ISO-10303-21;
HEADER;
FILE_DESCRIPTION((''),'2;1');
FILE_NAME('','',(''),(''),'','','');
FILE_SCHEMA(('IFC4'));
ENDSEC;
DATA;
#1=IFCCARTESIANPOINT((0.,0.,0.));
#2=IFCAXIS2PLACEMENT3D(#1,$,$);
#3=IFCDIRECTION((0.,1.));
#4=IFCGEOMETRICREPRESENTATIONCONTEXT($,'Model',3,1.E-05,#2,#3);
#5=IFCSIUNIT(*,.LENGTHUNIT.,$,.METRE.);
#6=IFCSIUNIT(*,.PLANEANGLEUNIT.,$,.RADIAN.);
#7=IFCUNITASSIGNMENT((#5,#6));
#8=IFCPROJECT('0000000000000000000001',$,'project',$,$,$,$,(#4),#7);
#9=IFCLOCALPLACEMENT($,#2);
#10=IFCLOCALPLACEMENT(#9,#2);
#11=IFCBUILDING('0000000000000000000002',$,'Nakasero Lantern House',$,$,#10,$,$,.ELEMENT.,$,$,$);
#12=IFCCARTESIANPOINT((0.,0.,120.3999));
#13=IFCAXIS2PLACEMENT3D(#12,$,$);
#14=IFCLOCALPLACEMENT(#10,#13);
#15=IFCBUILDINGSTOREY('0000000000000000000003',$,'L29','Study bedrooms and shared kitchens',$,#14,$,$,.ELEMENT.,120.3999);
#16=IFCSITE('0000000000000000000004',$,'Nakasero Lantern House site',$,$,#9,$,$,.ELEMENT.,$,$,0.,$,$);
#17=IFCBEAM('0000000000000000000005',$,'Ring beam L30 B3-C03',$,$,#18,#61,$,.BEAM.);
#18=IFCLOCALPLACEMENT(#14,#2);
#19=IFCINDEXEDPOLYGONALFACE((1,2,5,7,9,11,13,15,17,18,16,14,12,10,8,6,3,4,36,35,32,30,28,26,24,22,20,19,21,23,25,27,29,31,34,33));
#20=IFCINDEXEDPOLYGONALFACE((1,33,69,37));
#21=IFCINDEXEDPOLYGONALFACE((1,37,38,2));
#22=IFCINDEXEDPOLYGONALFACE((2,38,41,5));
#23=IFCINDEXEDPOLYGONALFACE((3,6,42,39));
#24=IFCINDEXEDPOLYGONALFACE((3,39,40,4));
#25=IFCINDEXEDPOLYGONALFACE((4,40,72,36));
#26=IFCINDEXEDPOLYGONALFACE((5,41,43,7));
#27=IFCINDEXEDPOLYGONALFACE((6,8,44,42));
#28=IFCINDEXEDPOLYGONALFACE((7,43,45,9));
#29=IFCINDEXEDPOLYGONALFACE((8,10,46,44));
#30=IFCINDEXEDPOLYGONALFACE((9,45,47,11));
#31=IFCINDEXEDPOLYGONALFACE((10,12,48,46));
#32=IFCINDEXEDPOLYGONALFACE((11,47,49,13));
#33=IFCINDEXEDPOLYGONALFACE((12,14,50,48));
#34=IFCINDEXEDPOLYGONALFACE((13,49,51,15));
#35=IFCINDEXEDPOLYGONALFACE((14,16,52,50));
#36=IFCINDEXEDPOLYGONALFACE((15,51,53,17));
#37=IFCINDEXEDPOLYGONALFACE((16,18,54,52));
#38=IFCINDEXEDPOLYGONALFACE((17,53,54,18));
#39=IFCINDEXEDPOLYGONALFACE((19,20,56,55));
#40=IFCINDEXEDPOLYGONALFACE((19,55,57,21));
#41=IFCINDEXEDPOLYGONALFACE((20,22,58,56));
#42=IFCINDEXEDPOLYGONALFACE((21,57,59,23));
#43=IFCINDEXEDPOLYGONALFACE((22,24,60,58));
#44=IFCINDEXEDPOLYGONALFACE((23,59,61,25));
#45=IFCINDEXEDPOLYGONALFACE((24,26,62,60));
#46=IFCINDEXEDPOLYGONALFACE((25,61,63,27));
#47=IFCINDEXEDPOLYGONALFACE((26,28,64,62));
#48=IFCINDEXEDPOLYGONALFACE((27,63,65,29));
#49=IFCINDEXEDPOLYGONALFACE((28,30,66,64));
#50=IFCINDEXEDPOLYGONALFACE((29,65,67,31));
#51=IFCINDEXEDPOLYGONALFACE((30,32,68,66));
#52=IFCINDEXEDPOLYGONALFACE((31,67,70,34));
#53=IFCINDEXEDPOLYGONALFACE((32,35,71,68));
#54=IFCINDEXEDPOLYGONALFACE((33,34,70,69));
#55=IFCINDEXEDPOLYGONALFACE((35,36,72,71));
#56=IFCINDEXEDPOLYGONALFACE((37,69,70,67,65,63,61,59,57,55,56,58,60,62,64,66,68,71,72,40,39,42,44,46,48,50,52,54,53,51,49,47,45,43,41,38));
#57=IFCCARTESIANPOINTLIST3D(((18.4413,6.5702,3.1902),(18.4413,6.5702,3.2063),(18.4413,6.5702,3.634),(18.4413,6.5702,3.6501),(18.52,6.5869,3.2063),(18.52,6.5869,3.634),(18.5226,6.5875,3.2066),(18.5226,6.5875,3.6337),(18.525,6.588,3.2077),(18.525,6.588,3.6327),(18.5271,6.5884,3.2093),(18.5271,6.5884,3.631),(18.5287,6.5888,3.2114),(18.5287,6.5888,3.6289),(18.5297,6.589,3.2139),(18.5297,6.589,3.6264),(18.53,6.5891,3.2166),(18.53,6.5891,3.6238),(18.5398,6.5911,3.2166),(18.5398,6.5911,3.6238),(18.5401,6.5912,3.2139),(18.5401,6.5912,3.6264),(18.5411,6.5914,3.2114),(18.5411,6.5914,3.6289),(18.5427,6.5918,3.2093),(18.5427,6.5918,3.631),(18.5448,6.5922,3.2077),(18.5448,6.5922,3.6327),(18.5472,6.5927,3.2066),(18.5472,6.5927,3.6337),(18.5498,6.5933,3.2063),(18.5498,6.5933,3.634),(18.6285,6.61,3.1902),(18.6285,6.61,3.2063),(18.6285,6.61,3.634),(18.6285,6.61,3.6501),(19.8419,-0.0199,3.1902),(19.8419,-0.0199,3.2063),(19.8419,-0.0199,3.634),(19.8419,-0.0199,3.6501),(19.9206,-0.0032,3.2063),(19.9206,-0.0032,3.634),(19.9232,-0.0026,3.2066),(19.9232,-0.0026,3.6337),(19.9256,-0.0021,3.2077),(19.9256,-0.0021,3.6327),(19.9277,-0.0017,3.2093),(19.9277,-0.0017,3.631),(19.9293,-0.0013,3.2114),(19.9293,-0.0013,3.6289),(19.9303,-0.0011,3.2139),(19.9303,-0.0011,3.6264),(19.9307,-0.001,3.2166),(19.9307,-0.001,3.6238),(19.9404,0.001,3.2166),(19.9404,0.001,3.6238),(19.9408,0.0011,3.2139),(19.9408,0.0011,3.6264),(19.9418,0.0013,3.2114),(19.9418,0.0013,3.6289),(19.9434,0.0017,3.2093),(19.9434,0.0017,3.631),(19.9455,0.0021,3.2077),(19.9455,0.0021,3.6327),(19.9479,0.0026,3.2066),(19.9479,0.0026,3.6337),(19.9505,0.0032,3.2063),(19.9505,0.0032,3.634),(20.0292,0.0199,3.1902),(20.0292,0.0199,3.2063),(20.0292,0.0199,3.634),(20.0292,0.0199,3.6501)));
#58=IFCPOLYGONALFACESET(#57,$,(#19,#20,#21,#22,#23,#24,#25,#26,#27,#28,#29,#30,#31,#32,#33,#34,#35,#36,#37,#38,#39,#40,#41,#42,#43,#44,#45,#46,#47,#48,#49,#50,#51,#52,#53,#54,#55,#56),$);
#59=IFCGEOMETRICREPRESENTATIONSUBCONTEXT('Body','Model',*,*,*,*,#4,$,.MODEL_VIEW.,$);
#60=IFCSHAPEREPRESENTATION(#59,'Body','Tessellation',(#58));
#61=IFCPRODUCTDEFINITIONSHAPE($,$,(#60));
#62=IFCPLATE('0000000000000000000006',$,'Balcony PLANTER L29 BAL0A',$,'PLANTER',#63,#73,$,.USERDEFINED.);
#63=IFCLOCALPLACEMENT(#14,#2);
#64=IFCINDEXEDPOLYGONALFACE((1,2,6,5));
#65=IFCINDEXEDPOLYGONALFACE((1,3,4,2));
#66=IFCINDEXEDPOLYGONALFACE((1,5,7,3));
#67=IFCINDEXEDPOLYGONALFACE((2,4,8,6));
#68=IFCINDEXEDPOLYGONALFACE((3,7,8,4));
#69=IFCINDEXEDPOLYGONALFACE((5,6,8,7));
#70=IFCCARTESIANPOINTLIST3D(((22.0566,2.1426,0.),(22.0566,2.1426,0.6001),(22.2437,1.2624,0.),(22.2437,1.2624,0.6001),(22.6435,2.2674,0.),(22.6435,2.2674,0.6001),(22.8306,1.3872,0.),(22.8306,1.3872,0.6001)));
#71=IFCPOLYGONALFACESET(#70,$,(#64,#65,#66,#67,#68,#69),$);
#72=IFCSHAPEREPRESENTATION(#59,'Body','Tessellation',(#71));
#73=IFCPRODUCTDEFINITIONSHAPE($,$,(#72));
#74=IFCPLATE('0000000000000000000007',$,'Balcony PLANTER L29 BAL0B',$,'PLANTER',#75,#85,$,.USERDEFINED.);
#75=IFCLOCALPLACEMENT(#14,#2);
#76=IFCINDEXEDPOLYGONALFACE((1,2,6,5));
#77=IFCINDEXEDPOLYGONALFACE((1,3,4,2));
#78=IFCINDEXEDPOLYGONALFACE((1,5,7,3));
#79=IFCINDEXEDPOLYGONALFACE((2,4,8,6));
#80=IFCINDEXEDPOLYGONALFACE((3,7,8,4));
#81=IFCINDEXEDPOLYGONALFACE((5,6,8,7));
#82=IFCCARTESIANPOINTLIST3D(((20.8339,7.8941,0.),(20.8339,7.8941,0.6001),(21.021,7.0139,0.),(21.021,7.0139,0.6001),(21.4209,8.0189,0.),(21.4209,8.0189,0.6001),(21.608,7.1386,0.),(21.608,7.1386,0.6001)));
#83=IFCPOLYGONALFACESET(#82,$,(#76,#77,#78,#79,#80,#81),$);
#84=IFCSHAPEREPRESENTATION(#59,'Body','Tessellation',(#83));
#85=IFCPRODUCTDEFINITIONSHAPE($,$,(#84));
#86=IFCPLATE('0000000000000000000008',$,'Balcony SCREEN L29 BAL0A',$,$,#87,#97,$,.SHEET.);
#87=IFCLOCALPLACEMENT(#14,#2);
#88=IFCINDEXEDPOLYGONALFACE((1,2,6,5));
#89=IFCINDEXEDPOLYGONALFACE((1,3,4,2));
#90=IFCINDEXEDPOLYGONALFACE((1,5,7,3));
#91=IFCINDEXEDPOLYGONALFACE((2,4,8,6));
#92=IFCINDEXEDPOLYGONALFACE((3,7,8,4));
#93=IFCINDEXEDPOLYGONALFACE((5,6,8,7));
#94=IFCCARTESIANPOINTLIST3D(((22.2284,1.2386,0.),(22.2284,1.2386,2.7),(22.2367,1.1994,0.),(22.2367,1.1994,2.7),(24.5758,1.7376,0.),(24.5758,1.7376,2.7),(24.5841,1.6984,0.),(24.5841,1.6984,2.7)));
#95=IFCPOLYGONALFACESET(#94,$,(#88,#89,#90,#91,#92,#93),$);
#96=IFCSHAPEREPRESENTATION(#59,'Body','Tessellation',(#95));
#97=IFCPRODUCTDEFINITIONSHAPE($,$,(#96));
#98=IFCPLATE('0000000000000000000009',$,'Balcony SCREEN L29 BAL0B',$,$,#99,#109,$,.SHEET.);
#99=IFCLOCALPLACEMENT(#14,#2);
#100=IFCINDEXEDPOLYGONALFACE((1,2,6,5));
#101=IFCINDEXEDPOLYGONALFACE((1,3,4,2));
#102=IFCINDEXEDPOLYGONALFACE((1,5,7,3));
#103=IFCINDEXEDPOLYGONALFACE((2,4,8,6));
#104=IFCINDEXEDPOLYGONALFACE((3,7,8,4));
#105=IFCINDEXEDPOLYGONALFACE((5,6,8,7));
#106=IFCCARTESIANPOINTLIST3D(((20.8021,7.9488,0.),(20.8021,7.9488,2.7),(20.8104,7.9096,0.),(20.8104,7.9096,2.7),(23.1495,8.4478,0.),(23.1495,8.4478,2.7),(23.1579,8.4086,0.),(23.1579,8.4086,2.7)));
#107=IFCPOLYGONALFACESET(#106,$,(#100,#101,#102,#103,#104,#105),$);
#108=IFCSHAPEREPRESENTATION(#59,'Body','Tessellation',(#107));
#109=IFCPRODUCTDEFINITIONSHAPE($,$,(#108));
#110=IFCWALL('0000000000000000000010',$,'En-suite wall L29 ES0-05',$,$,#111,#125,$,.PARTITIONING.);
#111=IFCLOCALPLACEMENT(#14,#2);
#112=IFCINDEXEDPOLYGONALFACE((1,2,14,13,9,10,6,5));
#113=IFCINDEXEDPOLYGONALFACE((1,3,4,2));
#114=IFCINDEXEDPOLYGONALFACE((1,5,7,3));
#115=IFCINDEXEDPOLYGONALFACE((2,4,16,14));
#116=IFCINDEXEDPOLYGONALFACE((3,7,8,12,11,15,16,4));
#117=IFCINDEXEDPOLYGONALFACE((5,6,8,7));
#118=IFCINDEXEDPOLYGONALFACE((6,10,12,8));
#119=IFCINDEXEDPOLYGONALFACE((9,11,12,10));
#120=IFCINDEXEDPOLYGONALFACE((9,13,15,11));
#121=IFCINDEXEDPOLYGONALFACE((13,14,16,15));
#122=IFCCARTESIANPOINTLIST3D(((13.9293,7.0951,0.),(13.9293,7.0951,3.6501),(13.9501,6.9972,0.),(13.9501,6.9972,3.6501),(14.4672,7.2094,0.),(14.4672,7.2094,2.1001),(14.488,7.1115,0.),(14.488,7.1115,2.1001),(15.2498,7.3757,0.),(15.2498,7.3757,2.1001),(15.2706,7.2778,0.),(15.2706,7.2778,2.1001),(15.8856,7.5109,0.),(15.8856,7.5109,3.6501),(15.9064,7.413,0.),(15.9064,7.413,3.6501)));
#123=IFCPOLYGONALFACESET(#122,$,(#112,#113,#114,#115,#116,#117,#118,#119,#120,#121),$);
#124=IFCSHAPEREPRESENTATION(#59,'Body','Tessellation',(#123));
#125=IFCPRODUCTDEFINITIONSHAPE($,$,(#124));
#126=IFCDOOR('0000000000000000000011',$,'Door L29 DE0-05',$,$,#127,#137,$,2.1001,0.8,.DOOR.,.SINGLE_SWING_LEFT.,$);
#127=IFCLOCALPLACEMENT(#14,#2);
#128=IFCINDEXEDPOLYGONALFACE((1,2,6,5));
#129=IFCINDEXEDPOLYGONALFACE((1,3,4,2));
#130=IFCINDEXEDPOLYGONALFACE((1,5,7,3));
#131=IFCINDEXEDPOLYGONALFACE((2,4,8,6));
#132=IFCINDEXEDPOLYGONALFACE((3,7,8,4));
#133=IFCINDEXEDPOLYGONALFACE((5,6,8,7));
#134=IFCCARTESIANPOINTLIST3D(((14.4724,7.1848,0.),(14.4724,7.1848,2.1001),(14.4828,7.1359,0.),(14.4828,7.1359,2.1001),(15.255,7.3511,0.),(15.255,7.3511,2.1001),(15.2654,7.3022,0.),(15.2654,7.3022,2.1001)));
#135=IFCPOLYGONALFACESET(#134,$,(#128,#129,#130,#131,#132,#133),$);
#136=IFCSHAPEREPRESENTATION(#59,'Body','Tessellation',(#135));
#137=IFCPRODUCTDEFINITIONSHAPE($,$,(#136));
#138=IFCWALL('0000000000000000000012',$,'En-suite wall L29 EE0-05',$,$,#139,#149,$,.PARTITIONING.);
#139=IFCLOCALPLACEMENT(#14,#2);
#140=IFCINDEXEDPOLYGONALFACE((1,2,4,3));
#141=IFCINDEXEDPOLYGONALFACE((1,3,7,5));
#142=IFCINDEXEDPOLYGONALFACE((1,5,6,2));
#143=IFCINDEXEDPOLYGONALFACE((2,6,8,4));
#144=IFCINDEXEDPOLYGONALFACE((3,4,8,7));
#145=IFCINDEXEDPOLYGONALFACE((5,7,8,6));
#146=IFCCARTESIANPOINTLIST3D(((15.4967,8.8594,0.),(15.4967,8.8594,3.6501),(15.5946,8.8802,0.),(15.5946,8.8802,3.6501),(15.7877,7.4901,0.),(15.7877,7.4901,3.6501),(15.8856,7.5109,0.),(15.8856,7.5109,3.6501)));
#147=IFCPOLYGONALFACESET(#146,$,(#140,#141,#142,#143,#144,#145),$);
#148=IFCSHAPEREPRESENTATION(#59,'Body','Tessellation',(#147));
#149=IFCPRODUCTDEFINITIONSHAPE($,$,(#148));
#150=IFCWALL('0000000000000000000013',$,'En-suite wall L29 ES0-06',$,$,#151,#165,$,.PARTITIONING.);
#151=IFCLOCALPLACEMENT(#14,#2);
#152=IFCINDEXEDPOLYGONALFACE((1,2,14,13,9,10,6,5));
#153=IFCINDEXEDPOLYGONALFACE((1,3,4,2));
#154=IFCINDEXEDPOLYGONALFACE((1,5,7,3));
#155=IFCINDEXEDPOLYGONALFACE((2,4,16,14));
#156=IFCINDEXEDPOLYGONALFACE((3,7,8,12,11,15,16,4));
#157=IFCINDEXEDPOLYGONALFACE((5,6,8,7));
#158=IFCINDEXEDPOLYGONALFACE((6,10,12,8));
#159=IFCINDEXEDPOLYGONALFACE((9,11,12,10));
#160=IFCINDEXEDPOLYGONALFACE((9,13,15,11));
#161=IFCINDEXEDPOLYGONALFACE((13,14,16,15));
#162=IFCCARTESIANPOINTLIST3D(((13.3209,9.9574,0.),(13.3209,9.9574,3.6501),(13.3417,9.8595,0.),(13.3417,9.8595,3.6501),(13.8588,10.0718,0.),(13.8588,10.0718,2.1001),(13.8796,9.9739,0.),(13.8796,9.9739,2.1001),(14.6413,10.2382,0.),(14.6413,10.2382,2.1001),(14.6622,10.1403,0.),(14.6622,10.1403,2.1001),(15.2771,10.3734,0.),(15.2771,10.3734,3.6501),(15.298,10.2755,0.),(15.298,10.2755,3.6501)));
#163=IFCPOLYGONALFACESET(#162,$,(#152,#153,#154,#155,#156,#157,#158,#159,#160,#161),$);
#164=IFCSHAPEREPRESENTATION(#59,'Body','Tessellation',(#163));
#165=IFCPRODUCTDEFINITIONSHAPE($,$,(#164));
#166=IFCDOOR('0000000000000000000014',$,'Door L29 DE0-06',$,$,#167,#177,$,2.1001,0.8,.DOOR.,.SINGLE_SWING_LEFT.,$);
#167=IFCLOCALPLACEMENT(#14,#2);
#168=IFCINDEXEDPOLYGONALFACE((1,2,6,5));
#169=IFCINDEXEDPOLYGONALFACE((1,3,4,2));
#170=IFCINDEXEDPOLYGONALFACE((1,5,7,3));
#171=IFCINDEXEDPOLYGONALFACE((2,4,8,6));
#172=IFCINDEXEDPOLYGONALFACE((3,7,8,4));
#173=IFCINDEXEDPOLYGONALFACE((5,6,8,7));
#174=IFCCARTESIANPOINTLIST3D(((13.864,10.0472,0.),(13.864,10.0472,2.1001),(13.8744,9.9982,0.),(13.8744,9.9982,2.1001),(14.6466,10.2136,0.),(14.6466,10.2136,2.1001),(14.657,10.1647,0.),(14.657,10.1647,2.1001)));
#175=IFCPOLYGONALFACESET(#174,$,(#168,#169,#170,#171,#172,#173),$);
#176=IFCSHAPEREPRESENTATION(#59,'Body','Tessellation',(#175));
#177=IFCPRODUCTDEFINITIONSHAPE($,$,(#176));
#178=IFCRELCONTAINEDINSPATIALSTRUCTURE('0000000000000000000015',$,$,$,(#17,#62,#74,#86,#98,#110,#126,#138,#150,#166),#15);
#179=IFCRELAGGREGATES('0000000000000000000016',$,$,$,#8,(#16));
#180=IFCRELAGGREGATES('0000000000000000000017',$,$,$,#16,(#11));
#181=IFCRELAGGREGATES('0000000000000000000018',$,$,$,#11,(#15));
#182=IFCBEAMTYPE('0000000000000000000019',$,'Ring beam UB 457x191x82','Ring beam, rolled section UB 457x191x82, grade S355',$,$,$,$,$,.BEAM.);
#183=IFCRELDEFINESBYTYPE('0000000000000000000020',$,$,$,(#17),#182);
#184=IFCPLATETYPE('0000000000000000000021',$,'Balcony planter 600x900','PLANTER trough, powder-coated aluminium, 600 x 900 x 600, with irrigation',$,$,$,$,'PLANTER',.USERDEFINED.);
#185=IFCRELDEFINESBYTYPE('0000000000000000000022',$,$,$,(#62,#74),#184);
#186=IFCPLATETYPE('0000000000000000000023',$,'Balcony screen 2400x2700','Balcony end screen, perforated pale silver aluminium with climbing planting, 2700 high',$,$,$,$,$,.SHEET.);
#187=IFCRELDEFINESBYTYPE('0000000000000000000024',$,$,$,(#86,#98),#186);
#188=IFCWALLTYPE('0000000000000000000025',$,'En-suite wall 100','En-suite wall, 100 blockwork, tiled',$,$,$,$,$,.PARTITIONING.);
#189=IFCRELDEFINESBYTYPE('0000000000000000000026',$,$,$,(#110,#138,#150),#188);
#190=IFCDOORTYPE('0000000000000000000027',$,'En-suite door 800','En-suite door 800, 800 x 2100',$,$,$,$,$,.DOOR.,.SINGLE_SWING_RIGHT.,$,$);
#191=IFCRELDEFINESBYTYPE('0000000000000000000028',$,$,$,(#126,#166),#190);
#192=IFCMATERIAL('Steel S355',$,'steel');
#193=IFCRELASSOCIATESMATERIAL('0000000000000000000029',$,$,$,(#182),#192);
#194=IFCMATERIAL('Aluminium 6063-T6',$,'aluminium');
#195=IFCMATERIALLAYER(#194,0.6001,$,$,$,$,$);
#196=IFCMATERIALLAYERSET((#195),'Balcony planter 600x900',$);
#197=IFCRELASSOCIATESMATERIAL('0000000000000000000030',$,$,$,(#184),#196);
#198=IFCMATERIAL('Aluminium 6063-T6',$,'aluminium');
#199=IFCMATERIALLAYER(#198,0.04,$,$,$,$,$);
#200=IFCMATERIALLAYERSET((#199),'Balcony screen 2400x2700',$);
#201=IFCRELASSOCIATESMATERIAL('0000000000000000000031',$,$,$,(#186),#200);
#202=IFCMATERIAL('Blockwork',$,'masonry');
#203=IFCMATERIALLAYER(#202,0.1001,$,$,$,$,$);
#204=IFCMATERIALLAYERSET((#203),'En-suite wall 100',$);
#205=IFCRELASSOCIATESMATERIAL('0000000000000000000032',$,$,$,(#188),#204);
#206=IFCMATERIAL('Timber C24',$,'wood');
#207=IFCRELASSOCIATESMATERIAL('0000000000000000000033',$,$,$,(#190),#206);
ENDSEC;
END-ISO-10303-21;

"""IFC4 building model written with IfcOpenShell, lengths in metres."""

from ifc_helpers import new_model, si_unit, direction, frame, frame_2d, origin, origin_2d, place, context, subcontext, project, spatial, rectangle, i_section, extrude, material, layer, layer_set, material_profile, profile_set, type_object, element, fill, save


model = new_model("IFC4")

# Units and contexts
model_context = context("Model", 3, precision=1e-05, world=origin(), true_north=direction((0.0, 1.0)))
body_context = subcontext(model_context, "Body", "Model", "MODEL_VIEW")
ifc_project = project(units=[si_unit("LENGTHUNIT", "METRE"), si_unit("PLANEANGLEUNIT", "RADIAN")], contexts=[model_context])

# Site, building, storey
site_placement = place(None, origin())
site = spatial("IfcSite", under=ifc_project, at=site_placement, Name="Nakasero Lantern House site", CompositionType="ELEMENT", RefElevation=0.0)
building_placement = place(site_placement, origin())
building = spatial("IfcBuilding", under=site, at=building_placement, Name="Nakasero Lantern House", CompositionType="ELEMENT")
storey_placement = place(building_placement, frame((0.0, 0.0, 120.3999)))
storey = spatial("IfcBuildingStorey", under=building, at=storey_placement, Name="L29", Description="Study bedrooms and shared kitchens", CompositionType="ELEMENT", Elevation=120.3999)

# Beam
ifc_material_1 = material(Name="Steel S355", Category="steel")
ifc_material_profile_1 = material_profile(ifc_material_1, i_section(OverallWidth=0.1914, OverallDepth=0.46, WebThickness=0.01, FlangeThickness=0.0161, FilletRadius=0.0103, at=origin_2d()), Name="UB 457x191x82")
ifc_profile_set_1 = profile_set([ifc_material_profile_1], Name="Steel S355")
beam_type_1 = type_object("IfcBeamType", Name="Ring beam UB 457x191x82", Description="Ring beam, rolled section UB 457x191x82, grade S355", PredefinedType="BEAM", material=ifc_profile_set_1)
beam_1_placement = place(storey_placement, frame((19.9355, 0.0, 3.4202), z_axis=(-0.207893, 0.978152, 0.0), x_axis=(-0.978152, -0.207893, 0.0)))
element("IfcBeam", 1, at=beam_1_placement, inside=storey, type_object=beam_type_1, Name="Ring beam L30 B3-C03", PredefinedType="BEAM", context=body_context, shape_type="SweptSolid", body=[
    extrude(i_section(OverallWidth=0.1914, OverallDepth=0.46, WebThickness=0.01, FlangeThickness=0.0161, FilletRadius=0.0103, at=origin_2d()), origin(), (0.0, 0.0, 1.0), 6.7373),
])

# Plates
ifc_material_2 = material(Name="Aluminium 6063-T6", Category="aluminium")
ifc_layer_1 = layer(ifc_material_2, 0.6001)
ifc_layer_set_1 = layer_set([ifc_layer_1], Name="Balcony planter 600x900")
plate_type_1 = type_object("IfcPlateType", Name="Balcony planter 600x900", Description="PLANTER trough, powder-coated aluminium, 600 x 900 x 600, with irrigation", ElementType="PLANTER", PredefinedType="USERDEFINED", material=ifc_layer_set_1)
for number, where, z_axis, x_axis, name in (
    (2, (22.4436, 1.7649, 0.0), (0.0, 0.0, 1.0), (0.978148, 0.207912, 0.0), "Balcony PLANTER L29 BAL0A"),
    (3, (21.2209, 7.5164, 0.0), (0.0, 0.0, 1.0), (0.978148, 0.207912, 0.0), "Balcony PLANTER L29 BAL0B"),
):
    element("IfcPlate", number, at=place(storey_placement, frame(where, z_axis=z_axis, x_axis=x_axis)), inside=storey, type_object=plate_type_1, Name=name, ObjectType="PLANTER", PredefinedType="USERDEFINED", context=body_context, shape_type="SweptSolid", body=[
        extrude(rectangle(XDim=0.6001, YDim=0.8999, at=origin_2d()), origin(), (0.0, 0.0, 1.0), 0.6001),
    ])
ifc_material_3 = material(Name="Aluminium 6063-T6", Category="aluminium")
ifc_layer_2 = layer(ifc_material_3, 0.04)
ifc_layer_set_2 = layer_set([ifc_layer_2], Name="Balcony screen 2400x2700")
plate_type_2 = type_object("IfcPlateType", Name="Balcony screen 2400x2700", Description="Balcony end screen, perforated pale silver aluminium with climbing planting, 2700 high", PredefinedType="SHEET", material=ifc_layer_set_2)
for number, where, z_axis, x_axis, name in (
    (4, (23.4062, 1.4685, 0.0), (0.0, 0.0, 1.0), (0.978148, 0.207912, 0.0), "Balcony SCREEN L29 BAL0A"),
    (5, (21.98, 8.1787, 0.0), (0.0, 0.0, 1.0), (0.978148, 0.207912, 0.0), "Balcony SCREEN L29 BAL0B"),
):
    element("IfcPlate", number, at=place(storey_placement, frame(where, z_axis=z_axis, x_axis=x_axis)), inside=storey, type_object=plate_type_2, Name=name, PredefinedType="SHEET", context=body_context, shape_type="SweptSolid", body=[
        extrude(rectangle(XDim=2.3999, YDim=0.04, at=origin_2d()), origin(), (0.0, 0.0, 1.0), 2.7),
    ])

# Wall, opening, door
ifc_material_4 = material(Name="Blockwork", Category="masonry")
ifc_layer_3 = layer(ifc_material_4, 0.1001)
ifc_layer_set_3 = layer_set([ifc_layer_3], Name="En-suite wall 100")
wall_type_1 = type_object("IfcWallType", Name="En-suite wall 100", Description="En-suite wall, 100 blockwork, tiled", PredefinedType="PARTITIONING", material=ifc_layer_set_3)
wall_1_placement = place(storey_placement, frame((13.9397, 7.0461, 0.0), z_axis=(0.0, 0.0, 1.0), x_axis=(0.978153, 0.207886, 0.0)))
wall_1 = element("IfcWall", 6, at=wall_1_placement, inside=storey, type_object=wall_type_1, Name="En-suite wall L29 ES0-05", PredefinedType="PARTITIONING", context=body_context, shape_type="SweptSolid", body=[
    extrude(rectangle(XDim=2.0, YDim=0.1001, at=frame_2d((1.0, 0.0))), origin(), (0.0, 0.0, 1.0), 3.6501),
])
opening_1_placement = place(wall_1_placement, frame((0.55, 0.0, 0.0)))
opening_1 = element("IfcOpeningElement", 7, at=opening_1_placement, cuts=wall_1, PredefinedType="OPENING", context=body_context, shape_type="SweptSolid", body=[
    extrude(rectangle(XDim=0.8, YDim=2.1001, at=frame_2d((0.3999, 1.05))), frame((0.0, 0.0701, 0.0), z_axis=(0.0, -1.0, 0.0), x_axis=(1.0, 0.0, 0.0)), (0.0, 0.0, 1.0), 0.1401),
])
ifc_material_5 = material(Name="Timber C24", Category="wood")
door_type = type_object("IfcDoorType", Name="En-suite door 800", Description="En-suite door 800, 800 x 2100", OperationType="SINGLE_SWING_RIGHT", PredefinedType="DOOR", material=ifc_material_5)
door_1_placement = place(opening_1_placement, origin())
door_1 = element("IfcDoor", 8, at=door_1_placement, inside=storey, type_object=door_type, Name="Door L29 DE0-05", OperationType="SINGLE_SWING_LEFT", OverallHeight=2.1001, OverallWidth=0.8, PredefinedType="DOOR", context=body_context, shape_type="SweptSolid", body=[
    extrude(rectangle(XDim=0.8, YDim=2.1001, at=frame_2d((0.3999, 1.05))), frame((0.0, 0.0249, 0.0), z_axis=(0.0, -1.0, 0.0), x_axis=(1.0, 0.0, 0.0)), (0.0, 0.0, 1.0), 0.05),
])
fill(opening_1, door_1)

# Wall
wall_2_placement = place(storey_placement, frame((15.8367, 7.5005, 0.0), z_axis=(0.0, 0.0, 1.0), x_axis=(-0.207873, 0.978156, 0.0)))
element("IfcWall", 9, at=wall_2_placement, inside=storey, type_object=wall_type_1, Name="En-suite wall L29 EE0-05", PredefinedType="PARTITIONING", context=body_context, shape_type="SweptSolid", body=[
    extrude(rectangle(XDim=1.3999, YDim=0.1001, at=frame_2d((0.7, 0.0))), origin(), (0.0, 0.0, 1.0), 3.6501),
])

# Wall, opening, door
wall_3_placement = place(storey_placement, frame((13.3313, 9.9084, 0.0), z_axis=(0.0, 0.0, 1.0), x_axis=(0.978128, 0.208003, 0.0)))
wall_3 = element("IfcWall", 10, at=wall_3_placement, inside=storey, type_object=wall_type_1, Name="En-suite wall L29 ES0-06", PredefinedType="PARTITIONING", context=body_context, shape_type="SweptSolid", body=[
    extrude(rectangle(XDim=2.0, YDim=0.1001, at=frame_2d((1.0, 0.0))), origin(), (0.0, 0.0, 1.0), 3.6501),
])
opening_2_placement = place(wall_3_placement, frame((0.55, 0.0, 0.0)))
opening_2 = element("IfcOpeningElement", 11, at=opening_2_placement, cuts=wall_3, PredefinedType="OPENING", context=body_context, shape_type="SweptSolid", body=[
    extrude(rectangle(XDim=0.8, YDim=2.1001, at=frame_2d((0.3999, 1.05))), frame((0.0, 0.0701, 0.0), z_axis=(0.0, -1.0, 0.0), x_axis=(1.0, 0.0, 0.0)), (0.0, 0.0, 1.0), 0.1401),
])
door_2_placement = place(opening_2_placement, origin())
door_2 = element("IfcDoor", 12, at=door_2_placement, inside=storey, type_object=door_type, Name="Door L29 DE0-06", OperationType="SINGLE_SWING_LEFT", OverallHeight=2.1001, OverallWidth=0.8, PredefinedType="DOOR", context=body_context, shape_type="SweptSolid", body=[
    extrude(rectangle(XDim=0.8, YDim=2.1001, at=frame_2d((0.3999, 1.05))), frame((0.0, 0.0249, 0.0), z_axis=(0.0, -1.0, 0.0), x_axis=(1.0, 0.0, 0.0)), (0.0, 0.0, 1.0), 0.05),
])
fill(opening_2, door_2)

save(model, "model.ifc")
